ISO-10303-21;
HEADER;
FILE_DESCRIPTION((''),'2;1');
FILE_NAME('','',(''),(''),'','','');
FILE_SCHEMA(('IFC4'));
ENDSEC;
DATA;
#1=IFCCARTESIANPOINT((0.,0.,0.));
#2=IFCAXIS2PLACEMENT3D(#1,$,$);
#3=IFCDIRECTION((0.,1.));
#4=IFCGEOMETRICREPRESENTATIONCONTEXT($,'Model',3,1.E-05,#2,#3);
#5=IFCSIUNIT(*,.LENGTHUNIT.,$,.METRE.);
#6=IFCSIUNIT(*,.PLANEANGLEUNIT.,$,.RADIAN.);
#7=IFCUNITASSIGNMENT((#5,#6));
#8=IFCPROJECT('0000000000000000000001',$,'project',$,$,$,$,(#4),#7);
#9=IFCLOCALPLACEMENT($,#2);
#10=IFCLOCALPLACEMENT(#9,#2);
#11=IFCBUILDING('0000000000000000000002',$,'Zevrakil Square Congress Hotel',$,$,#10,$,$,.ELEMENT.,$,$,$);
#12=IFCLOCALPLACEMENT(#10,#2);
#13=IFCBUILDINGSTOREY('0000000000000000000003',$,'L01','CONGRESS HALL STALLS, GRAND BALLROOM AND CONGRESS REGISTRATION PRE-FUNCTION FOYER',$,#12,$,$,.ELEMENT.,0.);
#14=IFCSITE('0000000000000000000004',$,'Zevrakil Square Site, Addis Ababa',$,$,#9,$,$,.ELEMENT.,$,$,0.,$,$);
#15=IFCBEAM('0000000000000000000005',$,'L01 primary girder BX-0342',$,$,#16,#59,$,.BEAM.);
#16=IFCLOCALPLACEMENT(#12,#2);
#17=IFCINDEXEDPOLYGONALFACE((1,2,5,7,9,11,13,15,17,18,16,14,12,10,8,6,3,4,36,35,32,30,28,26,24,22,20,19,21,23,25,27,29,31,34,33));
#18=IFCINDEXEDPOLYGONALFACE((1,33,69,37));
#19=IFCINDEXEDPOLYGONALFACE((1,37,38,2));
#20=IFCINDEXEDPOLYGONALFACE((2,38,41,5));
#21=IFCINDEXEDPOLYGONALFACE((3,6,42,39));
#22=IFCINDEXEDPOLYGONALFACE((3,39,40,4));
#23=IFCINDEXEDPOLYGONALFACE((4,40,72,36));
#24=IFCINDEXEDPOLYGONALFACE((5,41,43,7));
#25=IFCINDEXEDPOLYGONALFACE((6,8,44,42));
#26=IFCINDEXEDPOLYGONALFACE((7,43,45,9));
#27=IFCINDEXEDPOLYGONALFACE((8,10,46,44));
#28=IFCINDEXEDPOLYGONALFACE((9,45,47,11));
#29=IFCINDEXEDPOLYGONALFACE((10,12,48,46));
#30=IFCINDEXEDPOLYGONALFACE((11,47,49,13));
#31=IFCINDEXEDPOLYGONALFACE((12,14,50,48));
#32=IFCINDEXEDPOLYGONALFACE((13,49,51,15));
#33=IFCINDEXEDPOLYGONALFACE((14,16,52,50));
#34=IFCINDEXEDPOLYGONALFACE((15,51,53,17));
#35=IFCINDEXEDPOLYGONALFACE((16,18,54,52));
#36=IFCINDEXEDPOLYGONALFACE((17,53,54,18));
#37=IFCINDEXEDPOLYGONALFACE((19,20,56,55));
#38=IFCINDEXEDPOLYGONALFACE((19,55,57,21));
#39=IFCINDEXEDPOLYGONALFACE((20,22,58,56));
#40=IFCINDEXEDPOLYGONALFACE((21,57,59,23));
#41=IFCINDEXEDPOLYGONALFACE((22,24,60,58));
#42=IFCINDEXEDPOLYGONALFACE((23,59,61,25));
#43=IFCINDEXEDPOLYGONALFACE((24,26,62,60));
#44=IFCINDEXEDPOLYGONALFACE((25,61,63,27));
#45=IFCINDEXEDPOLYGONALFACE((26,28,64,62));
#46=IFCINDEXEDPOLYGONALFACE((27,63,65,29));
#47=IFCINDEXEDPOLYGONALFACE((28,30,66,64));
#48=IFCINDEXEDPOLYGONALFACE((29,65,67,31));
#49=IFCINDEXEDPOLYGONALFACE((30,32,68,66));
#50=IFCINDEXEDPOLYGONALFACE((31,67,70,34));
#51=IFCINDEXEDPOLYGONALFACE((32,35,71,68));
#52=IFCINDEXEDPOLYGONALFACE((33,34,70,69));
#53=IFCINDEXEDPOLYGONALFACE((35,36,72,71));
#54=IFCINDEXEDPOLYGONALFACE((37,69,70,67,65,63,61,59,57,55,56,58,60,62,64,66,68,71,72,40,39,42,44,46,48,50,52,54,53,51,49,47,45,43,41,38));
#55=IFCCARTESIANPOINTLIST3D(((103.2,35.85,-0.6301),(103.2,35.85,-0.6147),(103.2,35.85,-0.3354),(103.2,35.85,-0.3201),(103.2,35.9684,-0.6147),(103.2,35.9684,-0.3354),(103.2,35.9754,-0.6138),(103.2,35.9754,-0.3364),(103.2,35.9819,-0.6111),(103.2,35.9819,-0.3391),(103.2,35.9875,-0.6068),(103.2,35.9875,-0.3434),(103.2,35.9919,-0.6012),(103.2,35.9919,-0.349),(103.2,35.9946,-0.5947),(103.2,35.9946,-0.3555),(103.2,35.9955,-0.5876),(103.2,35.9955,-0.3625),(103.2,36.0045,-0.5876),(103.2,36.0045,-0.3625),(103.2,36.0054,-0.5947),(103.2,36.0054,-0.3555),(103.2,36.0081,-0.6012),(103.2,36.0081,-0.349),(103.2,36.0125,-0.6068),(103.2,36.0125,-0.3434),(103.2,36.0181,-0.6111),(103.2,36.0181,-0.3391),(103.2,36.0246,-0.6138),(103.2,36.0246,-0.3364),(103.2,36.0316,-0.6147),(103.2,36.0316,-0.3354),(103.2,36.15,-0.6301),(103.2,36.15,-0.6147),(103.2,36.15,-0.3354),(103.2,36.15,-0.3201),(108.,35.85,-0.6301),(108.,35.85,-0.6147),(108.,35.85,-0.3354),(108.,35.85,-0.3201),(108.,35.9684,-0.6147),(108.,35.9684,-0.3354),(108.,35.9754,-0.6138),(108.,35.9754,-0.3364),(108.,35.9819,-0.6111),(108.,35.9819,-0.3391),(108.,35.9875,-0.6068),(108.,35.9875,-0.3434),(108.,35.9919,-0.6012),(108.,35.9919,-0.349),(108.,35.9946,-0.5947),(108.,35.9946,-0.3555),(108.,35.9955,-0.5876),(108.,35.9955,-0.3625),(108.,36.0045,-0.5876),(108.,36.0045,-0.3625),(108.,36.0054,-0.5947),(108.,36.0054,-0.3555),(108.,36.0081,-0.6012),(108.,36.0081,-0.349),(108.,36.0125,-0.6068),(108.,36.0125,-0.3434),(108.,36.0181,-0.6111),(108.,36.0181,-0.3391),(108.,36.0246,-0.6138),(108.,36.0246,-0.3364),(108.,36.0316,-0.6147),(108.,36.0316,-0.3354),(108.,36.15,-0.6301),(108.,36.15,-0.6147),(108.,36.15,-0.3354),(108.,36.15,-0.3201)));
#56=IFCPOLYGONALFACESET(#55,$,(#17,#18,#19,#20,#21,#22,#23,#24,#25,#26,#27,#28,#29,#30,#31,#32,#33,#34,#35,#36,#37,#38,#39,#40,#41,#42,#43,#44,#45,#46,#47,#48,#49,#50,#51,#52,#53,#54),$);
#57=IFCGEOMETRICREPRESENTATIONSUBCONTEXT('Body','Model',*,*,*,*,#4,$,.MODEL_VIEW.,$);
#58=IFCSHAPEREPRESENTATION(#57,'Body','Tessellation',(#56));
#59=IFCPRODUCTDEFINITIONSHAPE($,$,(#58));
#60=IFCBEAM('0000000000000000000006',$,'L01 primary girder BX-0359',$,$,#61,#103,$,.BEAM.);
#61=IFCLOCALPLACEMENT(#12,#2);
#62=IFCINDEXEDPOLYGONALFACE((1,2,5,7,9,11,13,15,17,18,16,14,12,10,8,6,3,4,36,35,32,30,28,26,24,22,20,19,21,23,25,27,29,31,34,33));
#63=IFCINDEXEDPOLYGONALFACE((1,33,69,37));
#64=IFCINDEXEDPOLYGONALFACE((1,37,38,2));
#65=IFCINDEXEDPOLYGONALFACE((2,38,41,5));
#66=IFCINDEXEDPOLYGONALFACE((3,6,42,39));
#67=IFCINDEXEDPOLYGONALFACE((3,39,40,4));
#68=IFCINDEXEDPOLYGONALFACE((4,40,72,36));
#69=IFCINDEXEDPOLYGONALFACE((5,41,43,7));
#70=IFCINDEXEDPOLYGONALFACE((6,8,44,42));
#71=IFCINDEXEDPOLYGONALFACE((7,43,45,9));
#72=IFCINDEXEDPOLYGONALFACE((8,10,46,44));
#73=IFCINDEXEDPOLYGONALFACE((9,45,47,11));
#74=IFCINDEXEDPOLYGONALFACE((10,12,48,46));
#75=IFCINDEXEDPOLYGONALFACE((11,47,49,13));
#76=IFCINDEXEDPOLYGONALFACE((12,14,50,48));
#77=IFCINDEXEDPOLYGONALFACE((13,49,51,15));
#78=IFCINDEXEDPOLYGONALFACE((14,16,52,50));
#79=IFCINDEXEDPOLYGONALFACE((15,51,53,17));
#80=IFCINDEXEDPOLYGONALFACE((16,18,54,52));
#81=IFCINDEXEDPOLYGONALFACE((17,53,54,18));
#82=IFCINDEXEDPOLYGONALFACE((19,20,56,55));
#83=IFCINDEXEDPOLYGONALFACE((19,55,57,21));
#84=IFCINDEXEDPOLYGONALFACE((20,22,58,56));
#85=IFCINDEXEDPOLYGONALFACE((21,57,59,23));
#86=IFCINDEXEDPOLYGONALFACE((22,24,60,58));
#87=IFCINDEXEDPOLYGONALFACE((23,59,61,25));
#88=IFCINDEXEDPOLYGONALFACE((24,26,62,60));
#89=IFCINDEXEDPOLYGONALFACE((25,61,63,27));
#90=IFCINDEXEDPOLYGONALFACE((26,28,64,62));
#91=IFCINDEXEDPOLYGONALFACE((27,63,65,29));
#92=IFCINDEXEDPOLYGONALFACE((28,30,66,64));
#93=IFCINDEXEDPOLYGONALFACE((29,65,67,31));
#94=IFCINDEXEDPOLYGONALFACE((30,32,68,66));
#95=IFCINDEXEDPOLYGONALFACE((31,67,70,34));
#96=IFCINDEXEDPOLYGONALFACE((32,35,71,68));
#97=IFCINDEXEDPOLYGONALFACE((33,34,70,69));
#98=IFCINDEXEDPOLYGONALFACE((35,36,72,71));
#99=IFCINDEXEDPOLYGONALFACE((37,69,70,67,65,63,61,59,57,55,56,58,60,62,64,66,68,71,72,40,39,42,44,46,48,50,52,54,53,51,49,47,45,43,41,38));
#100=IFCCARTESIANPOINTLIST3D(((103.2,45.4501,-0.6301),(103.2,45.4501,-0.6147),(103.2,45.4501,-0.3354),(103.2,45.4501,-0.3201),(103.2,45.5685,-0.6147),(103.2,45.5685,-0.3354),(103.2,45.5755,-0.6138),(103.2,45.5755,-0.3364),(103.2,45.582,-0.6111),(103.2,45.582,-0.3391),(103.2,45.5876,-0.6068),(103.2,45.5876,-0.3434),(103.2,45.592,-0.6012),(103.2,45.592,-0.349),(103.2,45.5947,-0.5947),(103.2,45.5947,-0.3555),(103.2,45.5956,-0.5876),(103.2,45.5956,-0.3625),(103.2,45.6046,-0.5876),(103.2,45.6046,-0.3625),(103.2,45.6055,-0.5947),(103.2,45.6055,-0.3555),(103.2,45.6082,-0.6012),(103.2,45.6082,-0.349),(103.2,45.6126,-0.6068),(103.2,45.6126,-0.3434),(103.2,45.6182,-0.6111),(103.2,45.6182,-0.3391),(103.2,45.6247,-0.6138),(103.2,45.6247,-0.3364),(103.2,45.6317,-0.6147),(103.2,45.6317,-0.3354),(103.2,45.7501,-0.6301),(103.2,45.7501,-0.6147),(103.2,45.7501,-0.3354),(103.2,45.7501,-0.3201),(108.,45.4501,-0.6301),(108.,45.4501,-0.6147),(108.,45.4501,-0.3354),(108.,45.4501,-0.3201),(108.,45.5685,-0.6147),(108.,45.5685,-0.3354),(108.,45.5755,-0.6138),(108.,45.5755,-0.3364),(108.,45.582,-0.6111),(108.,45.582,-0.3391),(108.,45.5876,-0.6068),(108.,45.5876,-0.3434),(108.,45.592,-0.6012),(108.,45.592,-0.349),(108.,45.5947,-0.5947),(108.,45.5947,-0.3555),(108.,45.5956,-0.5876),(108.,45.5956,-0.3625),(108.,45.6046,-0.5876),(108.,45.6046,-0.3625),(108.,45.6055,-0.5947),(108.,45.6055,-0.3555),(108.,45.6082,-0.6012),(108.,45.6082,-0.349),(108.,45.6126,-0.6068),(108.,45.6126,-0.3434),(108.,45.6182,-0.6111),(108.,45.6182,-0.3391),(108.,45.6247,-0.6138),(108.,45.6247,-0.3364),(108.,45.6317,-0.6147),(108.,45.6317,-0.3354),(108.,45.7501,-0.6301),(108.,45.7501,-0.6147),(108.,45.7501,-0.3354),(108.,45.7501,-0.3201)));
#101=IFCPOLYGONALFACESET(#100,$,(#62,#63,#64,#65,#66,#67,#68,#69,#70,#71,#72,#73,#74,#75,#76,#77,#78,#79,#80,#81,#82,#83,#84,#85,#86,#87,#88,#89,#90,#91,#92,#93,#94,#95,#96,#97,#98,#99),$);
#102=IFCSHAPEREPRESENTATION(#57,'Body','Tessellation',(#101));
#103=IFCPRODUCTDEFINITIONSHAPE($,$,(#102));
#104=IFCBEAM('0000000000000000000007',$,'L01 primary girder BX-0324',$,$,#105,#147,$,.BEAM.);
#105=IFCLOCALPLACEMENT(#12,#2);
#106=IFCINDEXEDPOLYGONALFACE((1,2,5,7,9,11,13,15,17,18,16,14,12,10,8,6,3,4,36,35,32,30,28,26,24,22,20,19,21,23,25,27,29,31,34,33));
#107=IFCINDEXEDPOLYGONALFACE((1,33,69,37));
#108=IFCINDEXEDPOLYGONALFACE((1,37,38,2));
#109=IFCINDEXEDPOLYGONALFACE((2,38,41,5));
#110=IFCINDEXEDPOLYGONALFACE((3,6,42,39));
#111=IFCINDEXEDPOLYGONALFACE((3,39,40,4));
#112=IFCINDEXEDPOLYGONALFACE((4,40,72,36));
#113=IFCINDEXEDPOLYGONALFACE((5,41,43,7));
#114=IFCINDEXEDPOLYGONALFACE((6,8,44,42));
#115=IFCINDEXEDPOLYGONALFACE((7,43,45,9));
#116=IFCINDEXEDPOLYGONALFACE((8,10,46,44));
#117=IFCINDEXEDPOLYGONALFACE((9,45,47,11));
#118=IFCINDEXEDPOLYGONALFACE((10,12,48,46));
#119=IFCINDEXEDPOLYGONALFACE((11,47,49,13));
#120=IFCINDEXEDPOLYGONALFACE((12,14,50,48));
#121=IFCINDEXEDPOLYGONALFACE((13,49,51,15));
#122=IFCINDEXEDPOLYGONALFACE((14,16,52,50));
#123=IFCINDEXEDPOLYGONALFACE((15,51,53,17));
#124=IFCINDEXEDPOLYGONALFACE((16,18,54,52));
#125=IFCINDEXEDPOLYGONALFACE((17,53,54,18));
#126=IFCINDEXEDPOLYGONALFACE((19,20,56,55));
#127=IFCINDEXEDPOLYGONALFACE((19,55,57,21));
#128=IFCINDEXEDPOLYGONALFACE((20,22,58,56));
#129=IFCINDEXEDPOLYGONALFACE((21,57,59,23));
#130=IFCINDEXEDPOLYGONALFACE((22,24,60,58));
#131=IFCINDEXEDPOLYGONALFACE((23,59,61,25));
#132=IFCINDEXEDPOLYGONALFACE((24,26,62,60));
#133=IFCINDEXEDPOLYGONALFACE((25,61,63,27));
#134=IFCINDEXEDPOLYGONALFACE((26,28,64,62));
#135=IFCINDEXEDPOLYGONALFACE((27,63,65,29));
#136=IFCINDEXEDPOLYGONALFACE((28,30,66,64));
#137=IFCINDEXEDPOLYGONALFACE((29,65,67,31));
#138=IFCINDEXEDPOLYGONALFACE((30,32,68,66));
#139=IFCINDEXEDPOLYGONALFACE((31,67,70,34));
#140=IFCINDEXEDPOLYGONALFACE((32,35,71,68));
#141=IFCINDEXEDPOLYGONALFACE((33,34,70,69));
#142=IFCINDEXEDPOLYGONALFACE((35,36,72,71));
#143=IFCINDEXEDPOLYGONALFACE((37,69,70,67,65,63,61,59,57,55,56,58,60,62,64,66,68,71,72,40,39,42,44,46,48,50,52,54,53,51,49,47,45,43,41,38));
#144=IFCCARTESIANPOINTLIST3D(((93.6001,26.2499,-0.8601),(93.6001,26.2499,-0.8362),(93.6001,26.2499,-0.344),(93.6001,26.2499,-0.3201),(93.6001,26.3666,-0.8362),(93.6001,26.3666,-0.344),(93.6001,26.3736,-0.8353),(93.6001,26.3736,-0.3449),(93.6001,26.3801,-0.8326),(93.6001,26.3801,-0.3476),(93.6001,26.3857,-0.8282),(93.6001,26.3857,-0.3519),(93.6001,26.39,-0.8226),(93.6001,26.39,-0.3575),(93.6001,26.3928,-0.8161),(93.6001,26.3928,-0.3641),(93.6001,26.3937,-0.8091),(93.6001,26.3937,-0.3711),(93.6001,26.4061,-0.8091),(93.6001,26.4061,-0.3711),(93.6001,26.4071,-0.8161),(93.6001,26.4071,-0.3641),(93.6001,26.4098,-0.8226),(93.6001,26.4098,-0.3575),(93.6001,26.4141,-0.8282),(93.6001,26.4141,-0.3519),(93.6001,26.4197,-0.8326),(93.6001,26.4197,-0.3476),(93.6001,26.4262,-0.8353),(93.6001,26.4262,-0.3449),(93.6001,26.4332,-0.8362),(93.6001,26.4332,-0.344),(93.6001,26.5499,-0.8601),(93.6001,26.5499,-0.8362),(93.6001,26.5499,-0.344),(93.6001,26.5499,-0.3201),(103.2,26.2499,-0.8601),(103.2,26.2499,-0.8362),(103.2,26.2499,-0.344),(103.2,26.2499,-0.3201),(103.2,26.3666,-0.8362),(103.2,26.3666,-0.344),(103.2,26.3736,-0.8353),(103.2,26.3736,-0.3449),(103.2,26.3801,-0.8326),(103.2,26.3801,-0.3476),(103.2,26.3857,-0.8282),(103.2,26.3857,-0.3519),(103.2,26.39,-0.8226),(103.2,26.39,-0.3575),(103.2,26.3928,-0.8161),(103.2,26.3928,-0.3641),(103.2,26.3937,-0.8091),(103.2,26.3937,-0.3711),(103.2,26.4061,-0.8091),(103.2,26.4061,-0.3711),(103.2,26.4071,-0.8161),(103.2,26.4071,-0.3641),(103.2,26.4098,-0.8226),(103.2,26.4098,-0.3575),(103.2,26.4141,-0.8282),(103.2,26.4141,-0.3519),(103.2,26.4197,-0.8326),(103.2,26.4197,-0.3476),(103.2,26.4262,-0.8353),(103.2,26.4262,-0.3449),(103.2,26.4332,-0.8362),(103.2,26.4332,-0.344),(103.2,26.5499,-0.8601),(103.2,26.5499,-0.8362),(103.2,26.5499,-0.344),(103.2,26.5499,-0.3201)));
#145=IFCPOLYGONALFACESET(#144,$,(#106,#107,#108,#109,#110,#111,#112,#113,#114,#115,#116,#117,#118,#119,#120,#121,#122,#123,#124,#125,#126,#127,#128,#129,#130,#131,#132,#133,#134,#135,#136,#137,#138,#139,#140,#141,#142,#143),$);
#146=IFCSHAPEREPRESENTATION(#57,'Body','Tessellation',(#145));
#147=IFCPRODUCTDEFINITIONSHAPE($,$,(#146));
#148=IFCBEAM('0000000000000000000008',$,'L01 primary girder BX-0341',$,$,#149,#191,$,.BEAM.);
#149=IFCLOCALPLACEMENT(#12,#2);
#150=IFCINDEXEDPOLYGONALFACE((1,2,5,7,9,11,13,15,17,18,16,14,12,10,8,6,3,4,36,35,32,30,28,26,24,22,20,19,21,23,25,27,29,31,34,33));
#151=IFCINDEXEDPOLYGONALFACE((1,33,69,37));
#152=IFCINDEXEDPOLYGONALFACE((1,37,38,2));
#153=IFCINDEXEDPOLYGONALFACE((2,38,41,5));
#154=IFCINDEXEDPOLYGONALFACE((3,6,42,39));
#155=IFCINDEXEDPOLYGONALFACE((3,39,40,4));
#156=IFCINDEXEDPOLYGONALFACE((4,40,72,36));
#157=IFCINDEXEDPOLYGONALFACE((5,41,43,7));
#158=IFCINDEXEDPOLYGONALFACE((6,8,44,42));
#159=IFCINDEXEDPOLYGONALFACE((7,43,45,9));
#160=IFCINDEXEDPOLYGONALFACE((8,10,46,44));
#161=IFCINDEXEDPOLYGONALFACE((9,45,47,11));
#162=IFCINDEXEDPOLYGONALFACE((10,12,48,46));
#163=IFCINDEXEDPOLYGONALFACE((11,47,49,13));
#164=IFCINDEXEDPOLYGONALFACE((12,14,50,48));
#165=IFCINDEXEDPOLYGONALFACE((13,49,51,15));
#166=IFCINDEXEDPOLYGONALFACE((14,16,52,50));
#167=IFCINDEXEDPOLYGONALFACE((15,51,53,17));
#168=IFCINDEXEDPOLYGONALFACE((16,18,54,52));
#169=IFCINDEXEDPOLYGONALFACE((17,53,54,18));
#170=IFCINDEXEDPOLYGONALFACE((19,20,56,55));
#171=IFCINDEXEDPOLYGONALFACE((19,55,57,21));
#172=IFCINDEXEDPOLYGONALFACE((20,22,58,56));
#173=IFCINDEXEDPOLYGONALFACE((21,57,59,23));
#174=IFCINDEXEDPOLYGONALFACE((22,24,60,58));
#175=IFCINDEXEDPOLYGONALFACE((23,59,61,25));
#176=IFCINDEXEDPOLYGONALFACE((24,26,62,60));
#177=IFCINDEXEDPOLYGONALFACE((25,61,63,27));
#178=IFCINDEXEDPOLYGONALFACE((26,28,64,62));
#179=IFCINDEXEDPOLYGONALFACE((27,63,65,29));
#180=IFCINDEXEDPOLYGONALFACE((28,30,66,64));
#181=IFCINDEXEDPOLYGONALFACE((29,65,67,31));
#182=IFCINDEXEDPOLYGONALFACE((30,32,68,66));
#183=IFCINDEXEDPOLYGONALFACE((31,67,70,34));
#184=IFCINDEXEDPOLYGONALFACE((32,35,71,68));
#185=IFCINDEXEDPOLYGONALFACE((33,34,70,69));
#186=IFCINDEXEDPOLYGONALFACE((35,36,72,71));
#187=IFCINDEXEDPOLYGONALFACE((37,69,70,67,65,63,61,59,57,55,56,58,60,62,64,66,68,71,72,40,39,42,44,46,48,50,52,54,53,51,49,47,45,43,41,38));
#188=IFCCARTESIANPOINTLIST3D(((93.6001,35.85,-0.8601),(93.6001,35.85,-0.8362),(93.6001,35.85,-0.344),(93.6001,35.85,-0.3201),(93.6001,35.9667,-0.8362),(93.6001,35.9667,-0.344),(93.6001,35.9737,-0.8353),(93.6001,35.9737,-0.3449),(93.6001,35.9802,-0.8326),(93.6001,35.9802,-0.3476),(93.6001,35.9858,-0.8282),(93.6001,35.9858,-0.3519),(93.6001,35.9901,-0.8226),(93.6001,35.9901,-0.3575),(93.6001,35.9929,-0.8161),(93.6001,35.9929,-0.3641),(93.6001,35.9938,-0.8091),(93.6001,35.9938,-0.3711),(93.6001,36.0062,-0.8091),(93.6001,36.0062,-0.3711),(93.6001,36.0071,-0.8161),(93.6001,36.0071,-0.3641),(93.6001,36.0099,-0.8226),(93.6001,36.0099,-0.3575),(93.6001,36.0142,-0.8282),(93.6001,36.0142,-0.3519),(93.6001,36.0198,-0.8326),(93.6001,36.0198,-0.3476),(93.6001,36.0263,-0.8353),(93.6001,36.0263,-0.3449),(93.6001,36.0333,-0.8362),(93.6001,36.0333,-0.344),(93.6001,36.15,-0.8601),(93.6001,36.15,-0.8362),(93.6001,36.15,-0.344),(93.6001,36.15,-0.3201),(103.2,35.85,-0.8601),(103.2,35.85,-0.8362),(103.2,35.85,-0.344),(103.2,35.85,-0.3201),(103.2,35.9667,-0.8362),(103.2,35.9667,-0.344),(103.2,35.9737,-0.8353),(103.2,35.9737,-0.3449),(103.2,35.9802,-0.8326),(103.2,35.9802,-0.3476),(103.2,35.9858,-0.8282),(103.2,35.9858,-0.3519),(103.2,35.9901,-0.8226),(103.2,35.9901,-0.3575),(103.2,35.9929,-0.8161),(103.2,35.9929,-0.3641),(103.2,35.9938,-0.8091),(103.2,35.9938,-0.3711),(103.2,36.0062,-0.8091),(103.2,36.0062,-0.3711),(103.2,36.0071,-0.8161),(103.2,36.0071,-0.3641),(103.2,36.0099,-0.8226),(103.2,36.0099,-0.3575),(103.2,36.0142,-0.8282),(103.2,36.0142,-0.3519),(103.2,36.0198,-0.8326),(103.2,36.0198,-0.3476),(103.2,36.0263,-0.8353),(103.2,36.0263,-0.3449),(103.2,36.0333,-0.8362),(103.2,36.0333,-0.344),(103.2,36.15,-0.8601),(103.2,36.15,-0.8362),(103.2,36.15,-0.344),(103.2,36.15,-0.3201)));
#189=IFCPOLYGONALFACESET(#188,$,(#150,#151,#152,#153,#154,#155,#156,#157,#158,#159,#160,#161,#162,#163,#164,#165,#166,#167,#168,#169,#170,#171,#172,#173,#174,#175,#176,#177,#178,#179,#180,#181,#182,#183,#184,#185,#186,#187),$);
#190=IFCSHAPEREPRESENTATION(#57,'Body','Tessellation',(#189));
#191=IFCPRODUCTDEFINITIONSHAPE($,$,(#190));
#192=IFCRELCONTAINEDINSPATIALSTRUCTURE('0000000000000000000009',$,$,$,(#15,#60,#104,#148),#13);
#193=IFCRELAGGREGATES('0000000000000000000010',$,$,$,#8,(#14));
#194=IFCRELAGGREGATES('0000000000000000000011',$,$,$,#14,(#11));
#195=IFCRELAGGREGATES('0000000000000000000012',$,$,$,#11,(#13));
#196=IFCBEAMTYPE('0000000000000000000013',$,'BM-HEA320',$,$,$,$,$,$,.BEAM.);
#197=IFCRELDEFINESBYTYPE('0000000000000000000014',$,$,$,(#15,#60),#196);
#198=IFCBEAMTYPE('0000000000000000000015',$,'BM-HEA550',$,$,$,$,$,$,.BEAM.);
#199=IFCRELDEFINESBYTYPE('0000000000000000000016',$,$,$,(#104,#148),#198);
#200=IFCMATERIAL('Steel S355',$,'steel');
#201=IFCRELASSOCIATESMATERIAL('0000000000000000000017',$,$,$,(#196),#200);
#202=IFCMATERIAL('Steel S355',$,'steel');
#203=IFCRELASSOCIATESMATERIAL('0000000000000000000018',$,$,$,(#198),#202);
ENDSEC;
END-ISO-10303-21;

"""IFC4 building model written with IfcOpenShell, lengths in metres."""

from ifc_helpers import new_model, si_unit, direction, frame, origin, origin_2d, place, context, subcontext, project, spatial, i_section, extrude, material, material_profile, profile_set, type_object, element, save


model = new_model("IFC4")

# Units and contexts
model_context = context("Model", 3, precision=1e-05, world=origin(), true_north=direction((0.0, 1.0)))
body_context = subcontext(model_context, "Body", "Model", "MODEL_VIEW")
ifc_project = project(units=[si_unit("LENGTHUNIT", "METRE"), si_unit("PLANEANGLEUNIT", "RADIAN")], contexts=[model_context])

# Site, building, storey
site_placement = place(None, origin())
site = spatial("IfcSite", under=ifc_project, at=site_placement, Name="Zevrakil Square Site, Addis Ababa", CompositionType="ELEMENT", RefElevation=0.0)
building_placement = place(site_placement, origin())
building = spatial("IfcBuilding", under=site, at=building_placement, Name="Zevrakil Square Congress Hotel", CompositionType="ELEMENT")
storey_placement = place(building_placement, origin())
storey = spatial("IfcBuildingStorey", under=building, at=storey_placement, Name="L01", Description="CONGRESS HALL STALLS, GRAND BALLROOM AND CONGRESS REGISTRATION PRE-FUNCTION FOYER", CompositionType="ELEMENT", Elevation=0.0)

# Beams
ifc_material_1 = material(Name="Steel S355", Category="steel")
ifc_material_profile_1 = material_profile(ifc_material_1, i_section(OverallWidth=0.3, OverallDepth=0.3101, WebThickness=0.009, FlangeThickness=0.0154, FilletRadius=0.0271, at=origin_2d()), Name="HEA 320")
ifc_profile_set_1 = profile_set([ifc_material_profile_1], Name="Steel S355")
beam_type_1 = type_object("IfcBeamType", Name="BM-HEA320", PredefinedType="BEAM", material=ifc_profile_set_1)
for number, where, z_axis, x_axis, name in (
    (1, (103.2, 36.0, -0.4751), (1.0, 0.0, 0.0), (0.0, 1.0, 0.0), "L01 primary girder BX-0342"),
    (2, (103.2, 45.6001, -0.4751), (1.0, 0.0, 0.0), (0.0, 1.0, 0.0), "L01 primary girder BX-0359"),
):
    element("IfcBeam", number, at=place(storey_placement, frame(where, z_axis=z_axis, x_axis=x_axis)), inside=storey, type_object=beam_type_1, Name=name, PredefinedType="BEAM", context=body_context, shape_type="SweptSolid", body=[
        extrude(i_section(OverallWidth=0.3, OverallDepth=0.3101, WebThickness=0.009, FlangeThickness=0.0154, FilletRadius=0.0271, at=origin_2d()), origin(), (0.0, 0.0, 1.0), 4.8),
    ])
ifc_material_2 = material(Name="Steel S355", Category="steel")
ifc_material_profile_2 = material_profile(ifc_material_2, i_section(OverallWidth=0.3, OverallDepth=0.54, WebThickness=0.0125, FlangeThickness=0.0239, FilletRadius=0.0271, at=origin_2d()), Name="HEA 550")
ifc_profile_set_2 = profile_set([ifc_material_profile_2], Name="Steel S355")
beam_type_2 = type_object("IfcBeamType", Name="BM-HEA550", PredefinedType="BEAM", material=ifc_profile_set_2)
for number, where, z_axis, x_axis, name in (
    (3, (93.6001, 26.3999, -0.5901), (1.0, 0.0, 0.0), (0.0, 1.0, 0.0), "L01 primary girder BX-0324"),
    (4, (93.6001, 36.0, -0.5901), (1.0, 0.0, 0.0), (0.0, 1.0, 0.0), "L01 primary girder BX-0341"),
):
    element("IfcBeam", number, at=place(storey_placement, frame(where, z_axis=z_axis, x_axis=x_axis)), inside=storey, type_object=beam_type_2, Name=name, PredefinedType="BEAM", context=body_context, shape_type="SweptSolid", body=[
        extrude(i_section(OverallWidth=0.3, OverallDepth=0.54, WebThickness=0.0125, FlangeThickness=0.0239, FilletRadius=0.0271, at=origin_2d()), origin(), (0.0, 0.0, 1.0), 9.5999),
    ])

save(model, "model.ifc")
